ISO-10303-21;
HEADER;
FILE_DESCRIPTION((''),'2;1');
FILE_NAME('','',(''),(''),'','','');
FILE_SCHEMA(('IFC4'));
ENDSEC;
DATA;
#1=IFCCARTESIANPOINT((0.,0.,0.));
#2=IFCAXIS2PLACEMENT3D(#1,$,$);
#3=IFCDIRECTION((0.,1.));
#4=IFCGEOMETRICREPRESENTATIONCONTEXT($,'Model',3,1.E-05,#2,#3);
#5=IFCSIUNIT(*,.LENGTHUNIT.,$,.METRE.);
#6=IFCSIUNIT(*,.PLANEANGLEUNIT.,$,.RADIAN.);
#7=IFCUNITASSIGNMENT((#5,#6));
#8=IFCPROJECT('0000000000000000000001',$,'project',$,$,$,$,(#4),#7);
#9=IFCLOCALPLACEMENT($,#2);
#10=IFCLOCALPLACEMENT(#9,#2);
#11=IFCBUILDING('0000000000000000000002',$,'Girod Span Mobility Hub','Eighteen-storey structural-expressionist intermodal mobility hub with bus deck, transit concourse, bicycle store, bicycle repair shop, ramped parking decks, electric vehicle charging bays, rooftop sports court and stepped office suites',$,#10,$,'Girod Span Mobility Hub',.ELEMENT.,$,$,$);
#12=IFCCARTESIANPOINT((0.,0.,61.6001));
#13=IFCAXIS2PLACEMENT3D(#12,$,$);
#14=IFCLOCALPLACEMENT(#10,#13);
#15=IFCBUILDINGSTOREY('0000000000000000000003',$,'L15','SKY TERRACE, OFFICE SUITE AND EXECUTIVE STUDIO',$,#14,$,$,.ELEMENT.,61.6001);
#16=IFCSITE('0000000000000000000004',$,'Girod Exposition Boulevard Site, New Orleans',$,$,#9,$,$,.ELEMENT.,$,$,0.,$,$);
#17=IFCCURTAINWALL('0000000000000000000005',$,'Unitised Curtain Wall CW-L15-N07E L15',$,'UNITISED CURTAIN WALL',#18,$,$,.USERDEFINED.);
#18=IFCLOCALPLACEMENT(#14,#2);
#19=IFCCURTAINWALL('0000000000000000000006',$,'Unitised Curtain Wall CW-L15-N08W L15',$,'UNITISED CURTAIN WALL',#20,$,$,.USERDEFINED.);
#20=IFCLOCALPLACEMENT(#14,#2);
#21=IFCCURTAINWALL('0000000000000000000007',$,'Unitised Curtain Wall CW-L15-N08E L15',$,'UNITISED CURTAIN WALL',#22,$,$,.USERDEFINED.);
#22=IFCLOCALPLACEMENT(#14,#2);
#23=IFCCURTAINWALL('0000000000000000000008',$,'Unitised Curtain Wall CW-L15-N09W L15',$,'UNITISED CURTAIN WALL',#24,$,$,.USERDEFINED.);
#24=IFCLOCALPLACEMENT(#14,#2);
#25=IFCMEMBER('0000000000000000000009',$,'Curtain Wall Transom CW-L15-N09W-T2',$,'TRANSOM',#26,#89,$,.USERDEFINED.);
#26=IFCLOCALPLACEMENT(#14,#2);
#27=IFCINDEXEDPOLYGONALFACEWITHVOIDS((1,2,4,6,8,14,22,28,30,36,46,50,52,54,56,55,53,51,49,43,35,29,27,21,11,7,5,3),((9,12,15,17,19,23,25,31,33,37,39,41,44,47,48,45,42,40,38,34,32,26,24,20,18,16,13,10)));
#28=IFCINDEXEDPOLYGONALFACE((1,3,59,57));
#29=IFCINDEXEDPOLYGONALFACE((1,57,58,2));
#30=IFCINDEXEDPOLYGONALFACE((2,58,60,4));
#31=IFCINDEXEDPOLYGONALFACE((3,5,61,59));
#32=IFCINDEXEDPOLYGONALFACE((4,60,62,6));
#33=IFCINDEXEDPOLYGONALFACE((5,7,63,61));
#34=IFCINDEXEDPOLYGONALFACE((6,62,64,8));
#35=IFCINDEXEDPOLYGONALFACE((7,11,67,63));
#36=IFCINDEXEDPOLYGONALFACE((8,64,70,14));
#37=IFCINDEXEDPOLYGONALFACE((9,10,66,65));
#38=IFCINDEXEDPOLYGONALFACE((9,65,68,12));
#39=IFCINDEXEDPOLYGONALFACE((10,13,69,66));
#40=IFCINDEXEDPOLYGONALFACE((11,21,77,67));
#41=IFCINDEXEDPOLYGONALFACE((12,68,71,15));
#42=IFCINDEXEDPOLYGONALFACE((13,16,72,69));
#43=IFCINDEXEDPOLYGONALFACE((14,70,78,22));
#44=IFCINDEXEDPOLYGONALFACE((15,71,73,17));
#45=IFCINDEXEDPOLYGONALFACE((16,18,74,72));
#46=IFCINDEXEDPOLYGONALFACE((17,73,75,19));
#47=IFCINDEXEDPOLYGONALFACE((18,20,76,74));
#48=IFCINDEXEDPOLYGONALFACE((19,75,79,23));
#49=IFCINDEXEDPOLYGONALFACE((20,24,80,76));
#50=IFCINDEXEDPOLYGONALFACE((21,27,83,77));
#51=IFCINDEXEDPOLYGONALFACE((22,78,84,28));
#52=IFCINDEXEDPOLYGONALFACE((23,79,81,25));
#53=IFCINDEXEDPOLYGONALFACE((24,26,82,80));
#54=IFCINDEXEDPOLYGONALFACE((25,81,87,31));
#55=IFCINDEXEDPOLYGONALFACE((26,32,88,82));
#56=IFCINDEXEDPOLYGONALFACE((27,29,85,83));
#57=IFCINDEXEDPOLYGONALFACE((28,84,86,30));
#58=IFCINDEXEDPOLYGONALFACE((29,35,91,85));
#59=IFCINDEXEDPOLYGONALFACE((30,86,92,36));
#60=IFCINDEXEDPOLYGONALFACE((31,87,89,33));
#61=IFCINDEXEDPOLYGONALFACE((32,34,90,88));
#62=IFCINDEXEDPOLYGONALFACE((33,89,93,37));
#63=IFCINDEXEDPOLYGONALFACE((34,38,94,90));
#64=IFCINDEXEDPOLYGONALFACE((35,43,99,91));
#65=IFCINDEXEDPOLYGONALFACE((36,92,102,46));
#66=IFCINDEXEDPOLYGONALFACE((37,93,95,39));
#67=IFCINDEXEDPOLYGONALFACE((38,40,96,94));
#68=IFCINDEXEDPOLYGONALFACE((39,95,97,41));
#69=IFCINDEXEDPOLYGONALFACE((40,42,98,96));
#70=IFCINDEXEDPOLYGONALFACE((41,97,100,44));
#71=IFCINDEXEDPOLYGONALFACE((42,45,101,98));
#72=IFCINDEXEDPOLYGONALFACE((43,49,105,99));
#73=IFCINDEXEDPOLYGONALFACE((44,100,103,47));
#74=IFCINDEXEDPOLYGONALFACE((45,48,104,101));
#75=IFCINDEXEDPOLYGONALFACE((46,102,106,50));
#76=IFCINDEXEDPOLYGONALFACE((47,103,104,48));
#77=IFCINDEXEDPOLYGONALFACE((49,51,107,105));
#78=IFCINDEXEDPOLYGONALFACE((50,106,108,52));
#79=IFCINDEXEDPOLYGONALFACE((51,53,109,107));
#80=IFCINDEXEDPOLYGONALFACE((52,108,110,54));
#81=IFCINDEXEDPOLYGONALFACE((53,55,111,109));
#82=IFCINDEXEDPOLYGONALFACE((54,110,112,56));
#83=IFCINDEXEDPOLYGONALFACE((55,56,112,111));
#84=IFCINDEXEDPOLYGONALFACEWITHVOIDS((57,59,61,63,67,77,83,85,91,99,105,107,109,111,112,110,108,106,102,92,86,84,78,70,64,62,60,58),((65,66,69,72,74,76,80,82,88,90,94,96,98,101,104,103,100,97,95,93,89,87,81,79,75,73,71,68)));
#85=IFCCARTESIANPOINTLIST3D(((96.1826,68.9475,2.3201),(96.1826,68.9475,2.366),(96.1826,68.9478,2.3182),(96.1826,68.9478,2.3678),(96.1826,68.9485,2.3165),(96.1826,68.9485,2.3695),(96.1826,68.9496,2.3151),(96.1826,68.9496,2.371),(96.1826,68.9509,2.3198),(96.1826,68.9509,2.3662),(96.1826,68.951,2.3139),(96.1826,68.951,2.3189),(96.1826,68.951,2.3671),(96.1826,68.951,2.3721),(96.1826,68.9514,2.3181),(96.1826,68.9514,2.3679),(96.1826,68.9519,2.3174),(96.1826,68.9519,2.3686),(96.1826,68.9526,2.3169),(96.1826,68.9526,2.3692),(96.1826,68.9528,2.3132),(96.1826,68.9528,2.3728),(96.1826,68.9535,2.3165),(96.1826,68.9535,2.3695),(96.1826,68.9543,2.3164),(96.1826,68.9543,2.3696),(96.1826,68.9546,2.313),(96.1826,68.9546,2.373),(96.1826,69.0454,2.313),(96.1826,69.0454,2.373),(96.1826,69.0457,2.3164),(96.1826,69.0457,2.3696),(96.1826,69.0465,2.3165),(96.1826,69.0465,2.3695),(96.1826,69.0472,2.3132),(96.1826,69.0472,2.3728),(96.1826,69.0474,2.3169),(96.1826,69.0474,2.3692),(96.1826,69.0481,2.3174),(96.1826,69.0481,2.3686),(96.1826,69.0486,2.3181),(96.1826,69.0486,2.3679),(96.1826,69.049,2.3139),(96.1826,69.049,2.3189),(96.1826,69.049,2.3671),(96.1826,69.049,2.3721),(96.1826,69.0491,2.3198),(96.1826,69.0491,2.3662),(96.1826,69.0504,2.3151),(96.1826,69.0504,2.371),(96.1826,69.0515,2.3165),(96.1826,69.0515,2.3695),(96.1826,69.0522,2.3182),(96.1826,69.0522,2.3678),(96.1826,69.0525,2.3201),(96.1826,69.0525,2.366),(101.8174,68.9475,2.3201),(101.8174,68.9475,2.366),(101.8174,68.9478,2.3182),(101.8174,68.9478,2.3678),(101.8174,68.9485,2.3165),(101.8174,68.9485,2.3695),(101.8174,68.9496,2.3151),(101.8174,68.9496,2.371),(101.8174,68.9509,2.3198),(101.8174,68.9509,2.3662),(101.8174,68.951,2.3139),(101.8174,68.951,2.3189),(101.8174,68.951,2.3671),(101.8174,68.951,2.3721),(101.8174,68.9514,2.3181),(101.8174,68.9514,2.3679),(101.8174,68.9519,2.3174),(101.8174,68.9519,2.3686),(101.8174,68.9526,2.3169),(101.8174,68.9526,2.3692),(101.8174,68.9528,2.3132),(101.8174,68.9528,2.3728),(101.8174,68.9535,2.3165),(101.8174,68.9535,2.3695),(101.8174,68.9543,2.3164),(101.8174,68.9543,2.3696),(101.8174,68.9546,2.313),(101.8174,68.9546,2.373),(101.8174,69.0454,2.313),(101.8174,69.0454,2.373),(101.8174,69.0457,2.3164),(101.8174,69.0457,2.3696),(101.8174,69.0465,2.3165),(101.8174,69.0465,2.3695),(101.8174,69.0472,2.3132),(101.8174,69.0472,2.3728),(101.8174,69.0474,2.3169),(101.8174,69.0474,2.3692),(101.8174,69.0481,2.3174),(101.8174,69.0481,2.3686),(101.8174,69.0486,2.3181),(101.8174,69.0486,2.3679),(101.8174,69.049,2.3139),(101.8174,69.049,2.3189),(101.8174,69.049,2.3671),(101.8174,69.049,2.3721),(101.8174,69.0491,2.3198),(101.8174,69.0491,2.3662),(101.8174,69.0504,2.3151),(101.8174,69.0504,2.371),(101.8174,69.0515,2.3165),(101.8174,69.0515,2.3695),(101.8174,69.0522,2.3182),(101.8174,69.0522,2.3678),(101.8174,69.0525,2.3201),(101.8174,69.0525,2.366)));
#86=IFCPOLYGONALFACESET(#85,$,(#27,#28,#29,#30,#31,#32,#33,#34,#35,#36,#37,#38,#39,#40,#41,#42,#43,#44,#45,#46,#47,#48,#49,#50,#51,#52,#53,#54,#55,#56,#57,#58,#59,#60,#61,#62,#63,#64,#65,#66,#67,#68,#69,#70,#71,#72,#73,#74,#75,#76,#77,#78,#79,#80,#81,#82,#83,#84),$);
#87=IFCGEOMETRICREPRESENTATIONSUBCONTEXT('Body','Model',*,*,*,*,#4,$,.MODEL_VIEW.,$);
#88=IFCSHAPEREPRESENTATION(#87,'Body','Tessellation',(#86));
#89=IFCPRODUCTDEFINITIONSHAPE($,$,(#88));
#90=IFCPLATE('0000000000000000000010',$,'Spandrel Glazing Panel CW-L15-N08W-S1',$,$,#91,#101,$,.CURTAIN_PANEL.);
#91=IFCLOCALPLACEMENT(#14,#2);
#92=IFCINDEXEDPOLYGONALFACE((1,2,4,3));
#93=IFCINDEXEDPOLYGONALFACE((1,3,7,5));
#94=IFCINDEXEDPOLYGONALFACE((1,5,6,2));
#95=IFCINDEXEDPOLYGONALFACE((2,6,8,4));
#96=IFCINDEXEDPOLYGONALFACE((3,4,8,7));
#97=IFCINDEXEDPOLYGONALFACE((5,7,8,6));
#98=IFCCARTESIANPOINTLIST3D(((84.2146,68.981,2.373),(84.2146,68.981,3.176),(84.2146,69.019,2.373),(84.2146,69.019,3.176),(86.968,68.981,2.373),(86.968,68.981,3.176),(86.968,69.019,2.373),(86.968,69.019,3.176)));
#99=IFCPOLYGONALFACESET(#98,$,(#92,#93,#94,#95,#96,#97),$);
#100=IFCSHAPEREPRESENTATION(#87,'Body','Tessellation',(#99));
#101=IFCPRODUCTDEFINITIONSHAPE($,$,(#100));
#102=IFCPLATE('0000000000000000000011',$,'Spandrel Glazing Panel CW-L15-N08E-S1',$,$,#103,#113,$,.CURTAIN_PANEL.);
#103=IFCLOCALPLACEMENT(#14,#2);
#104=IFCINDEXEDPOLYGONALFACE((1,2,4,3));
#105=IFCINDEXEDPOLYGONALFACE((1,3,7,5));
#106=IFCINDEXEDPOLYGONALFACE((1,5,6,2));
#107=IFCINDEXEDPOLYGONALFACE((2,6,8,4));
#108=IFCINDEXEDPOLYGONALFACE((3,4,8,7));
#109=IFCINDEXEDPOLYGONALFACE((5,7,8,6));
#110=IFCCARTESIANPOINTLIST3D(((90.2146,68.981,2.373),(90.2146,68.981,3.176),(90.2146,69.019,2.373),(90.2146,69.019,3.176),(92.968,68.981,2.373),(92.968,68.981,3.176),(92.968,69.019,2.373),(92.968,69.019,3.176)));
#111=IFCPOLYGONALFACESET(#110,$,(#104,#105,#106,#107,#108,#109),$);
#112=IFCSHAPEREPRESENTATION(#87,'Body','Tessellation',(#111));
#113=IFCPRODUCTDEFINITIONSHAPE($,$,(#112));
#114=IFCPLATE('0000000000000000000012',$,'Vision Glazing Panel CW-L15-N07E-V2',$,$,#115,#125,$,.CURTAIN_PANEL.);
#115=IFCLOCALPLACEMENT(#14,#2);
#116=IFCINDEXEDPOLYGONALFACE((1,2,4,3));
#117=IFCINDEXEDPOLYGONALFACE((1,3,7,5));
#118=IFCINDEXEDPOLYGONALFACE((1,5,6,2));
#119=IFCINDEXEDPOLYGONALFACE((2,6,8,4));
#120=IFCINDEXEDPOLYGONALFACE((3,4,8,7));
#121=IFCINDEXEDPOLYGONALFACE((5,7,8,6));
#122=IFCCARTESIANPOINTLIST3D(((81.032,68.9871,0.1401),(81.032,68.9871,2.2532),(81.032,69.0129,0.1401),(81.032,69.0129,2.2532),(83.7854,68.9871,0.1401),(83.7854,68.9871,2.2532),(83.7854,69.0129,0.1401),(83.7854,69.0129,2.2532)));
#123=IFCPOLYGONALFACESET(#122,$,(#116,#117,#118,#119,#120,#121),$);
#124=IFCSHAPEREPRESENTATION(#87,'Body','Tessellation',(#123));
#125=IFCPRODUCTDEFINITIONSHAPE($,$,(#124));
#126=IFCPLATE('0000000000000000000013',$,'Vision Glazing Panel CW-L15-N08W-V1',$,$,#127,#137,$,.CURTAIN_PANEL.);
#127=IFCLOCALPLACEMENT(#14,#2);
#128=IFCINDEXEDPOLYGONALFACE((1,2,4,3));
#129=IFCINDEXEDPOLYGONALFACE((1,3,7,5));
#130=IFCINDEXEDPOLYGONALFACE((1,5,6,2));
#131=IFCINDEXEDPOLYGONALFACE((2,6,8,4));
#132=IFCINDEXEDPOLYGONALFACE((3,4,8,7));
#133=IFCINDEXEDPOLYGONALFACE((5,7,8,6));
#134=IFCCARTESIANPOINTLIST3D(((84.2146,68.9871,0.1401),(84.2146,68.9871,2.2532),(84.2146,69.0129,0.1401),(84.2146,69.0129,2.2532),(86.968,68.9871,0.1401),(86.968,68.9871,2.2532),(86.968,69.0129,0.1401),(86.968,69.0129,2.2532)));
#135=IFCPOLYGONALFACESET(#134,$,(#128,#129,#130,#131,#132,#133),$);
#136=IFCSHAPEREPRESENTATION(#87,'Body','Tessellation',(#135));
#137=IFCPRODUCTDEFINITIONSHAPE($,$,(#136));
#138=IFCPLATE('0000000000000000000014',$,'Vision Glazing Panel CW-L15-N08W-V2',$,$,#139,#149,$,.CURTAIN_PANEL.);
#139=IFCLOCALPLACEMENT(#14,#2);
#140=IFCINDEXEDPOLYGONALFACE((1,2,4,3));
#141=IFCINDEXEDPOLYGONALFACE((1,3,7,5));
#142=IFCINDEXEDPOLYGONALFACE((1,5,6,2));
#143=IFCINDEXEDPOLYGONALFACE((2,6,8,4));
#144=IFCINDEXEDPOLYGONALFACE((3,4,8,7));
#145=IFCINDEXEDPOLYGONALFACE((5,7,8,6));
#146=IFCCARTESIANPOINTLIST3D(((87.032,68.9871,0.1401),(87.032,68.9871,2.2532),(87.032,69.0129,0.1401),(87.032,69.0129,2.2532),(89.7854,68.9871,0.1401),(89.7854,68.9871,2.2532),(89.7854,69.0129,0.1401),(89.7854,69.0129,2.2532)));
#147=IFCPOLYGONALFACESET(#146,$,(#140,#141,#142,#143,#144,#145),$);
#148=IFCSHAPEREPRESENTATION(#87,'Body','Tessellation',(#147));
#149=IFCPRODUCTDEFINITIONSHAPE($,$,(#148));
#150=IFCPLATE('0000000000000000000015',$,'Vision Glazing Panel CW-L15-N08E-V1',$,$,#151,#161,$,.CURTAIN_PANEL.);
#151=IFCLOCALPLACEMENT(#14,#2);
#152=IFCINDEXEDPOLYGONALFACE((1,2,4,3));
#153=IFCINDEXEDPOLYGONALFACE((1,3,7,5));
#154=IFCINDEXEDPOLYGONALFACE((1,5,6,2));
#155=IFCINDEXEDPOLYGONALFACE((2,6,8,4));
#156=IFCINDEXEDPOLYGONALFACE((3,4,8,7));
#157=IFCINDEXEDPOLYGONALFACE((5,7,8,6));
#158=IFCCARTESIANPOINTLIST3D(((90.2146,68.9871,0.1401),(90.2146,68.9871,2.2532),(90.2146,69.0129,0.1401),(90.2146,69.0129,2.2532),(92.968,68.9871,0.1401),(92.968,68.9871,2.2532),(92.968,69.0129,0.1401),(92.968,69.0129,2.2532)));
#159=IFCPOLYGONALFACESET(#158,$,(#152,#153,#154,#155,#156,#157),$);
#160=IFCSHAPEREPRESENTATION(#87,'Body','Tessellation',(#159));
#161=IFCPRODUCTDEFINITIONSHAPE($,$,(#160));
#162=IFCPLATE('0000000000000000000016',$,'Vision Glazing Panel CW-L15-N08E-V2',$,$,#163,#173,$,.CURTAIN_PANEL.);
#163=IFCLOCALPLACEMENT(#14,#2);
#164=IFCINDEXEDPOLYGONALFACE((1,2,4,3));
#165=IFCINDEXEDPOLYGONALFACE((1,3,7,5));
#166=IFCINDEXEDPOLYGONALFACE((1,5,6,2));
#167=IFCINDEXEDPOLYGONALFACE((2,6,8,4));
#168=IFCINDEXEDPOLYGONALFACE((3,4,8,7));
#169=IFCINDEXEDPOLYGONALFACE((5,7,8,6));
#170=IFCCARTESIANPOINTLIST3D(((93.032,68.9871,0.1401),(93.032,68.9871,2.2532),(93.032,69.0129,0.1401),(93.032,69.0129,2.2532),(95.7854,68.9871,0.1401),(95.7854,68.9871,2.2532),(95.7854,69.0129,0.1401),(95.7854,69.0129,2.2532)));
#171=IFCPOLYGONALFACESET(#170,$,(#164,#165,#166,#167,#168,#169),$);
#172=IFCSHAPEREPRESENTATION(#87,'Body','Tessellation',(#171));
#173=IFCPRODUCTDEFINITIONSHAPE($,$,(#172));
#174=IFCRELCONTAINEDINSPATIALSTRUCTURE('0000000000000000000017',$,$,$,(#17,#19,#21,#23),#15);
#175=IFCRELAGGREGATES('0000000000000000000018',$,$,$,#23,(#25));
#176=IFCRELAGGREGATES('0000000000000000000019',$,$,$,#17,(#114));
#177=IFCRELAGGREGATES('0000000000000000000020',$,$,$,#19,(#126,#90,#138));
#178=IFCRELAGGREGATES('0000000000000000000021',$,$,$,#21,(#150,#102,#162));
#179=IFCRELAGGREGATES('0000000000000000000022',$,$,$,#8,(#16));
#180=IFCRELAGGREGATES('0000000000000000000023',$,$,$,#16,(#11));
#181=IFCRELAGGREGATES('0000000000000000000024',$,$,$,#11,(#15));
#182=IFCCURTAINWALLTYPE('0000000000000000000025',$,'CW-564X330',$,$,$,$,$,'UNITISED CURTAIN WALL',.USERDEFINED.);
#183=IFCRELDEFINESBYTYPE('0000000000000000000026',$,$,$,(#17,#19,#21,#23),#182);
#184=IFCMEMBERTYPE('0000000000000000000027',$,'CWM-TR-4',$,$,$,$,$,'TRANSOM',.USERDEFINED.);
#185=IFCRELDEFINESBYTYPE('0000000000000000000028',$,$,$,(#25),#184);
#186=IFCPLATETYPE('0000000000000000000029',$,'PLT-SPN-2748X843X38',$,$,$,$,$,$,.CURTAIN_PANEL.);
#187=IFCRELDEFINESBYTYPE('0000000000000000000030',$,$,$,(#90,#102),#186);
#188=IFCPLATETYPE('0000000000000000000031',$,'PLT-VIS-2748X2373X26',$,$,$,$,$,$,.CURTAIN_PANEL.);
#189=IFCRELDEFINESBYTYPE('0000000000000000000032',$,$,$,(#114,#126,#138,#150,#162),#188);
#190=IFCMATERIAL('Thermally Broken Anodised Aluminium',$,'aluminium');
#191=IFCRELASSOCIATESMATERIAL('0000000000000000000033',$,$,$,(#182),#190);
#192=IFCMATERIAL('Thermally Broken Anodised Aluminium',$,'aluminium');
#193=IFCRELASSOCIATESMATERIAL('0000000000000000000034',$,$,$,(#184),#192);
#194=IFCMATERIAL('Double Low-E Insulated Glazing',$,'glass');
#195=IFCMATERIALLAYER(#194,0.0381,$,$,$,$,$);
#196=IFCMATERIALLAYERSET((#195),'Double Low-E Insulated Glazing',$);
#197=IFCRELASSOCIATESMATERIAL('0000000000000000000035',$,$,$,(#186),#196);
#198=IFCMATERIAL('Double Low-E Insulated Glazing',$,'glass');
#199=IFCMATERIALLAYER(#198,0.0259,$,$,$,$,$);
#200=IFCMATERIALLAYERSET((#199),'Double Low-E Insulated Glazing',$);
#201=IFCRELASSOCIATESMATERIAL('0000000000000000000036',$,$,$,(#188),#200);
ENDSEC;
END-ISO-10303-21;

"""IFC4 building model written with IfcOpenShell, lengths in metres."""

from ifc_helpers import new_model, si_unit, direction, frame, origin, origin_2d, place, context, subcontext, project, spatial, rectangle, hollow_rectangle, extrude, material, layer, layer_set, material_profile, profile_set, type_object, element, aggregate, save


model = new_model("IFC4")

# Units and contexts
model_context = context("Model", 3, precision=1e-05, world=origin(), true_north=direction((0.0, 1.0)))
body_context = subcontext(model_context, "Body", "Model", "MODEL_VIEW")
ifc_project = project(units=[si_unit("LENGTHUNIT", "METRE"), si_unit("PLANEANGLEUNIT", "RADIAN")], contexts=[model_context])

# Site, building, storey
site_placement = place(None, origin())
site = spatial("IfcSite", under=ifc_project, at=site_placement, Name="Girod Exposition Boulevard Site, New Orleans", CompositionType="ELEMENT", RefElevation=0.0)
building_placement = place(site_placement, origin())
building = spatial("IfcBuilding", under=site, at=building_placement, Name="Girod Span Mobility Hub", Description="Eighteen-storey structural-expressionist intermodal mobility hub with bus deck, transit concourse, bicycle store, bicycle repair shop, ramped parking decks, electric vehicle charging bays, rooftop sports court and stepped office suites", LongName="Girod Span Mobility Hub", CompositionType="ELEMENT")
storey_placement = place(building_placement, frame((0.0, 0.0, 61.6001)))
storey = spatial("IfcBuildingStorey", under=building, at=storey_placement, Name="L15", Description="SKY TERRACE, OFFICE SUITE AND EXECUTIVE STUDIO", CompositionType="ELEMENT", Elevation=61.6001)

# Curtain walls
ifc_material_1 = material(Name="Thermally Broken Anodised Aluminium", Category="aluminium")
curtain_wall_type = type_object("IfcCurtainWallType", Name="CW-564X330", ElementType="UNITISED CURTAIN WALL", PredefinedType="USERDEFINED", material=ifc_material_1)
curtain_wall_1_placement = place(storey_placement, origin())
curtain_wall_1 = element("IfcCurtainWall", 1, at=curtain_wall_1_placement, inside=storey, type_object=curtain_wall_type, Name="Unitised Curtain Wall CW-L15-N07E L15", ObjectType="UNITISED CURTAIN WALL", PredefinedType="USERDEFINED")
curtain_wall_2_placement = place(storey_placement, origin())
curtain_wall_2 = element("IfcCurtainWall", 2, at=curtain_wall_2_placement, inside=storey, type_object=curtain_wall_type, Name="Unitised Curtain Wall CW-L15-N08W L15", ObjectType="UNITISED CURTAIN WALL", PredefinedType="USERDEFINED")
curtain_wall_3_placement = place(storey_placement, origin())
curtain_wall_3 = element("IfcCurtainWall", 3, at=curtain_wall_3_placement, inside=storey, type_object=curtain_wall_type, Name="Unitised Curtain Wall CW-L15-N08E L15", ObjectType="UNITISED CURTAIN WALL", PredefinedType="USERDEFINED")

# Shared definitions
ifc_material_2 = material(Name="Thermally Broken Anodised Aluminium", Category="aluminium")
ifc_material_profile_1 = material_profile(ifc_material_2, hollow_rectangle(XDim=0.105, YDim=0.0601, WallThickness=0.0034, InnerFilletRadius=0.0034, OuterFilletRadius=0.0071, at=origin_2d()), Name="CW-TR-60X105")
ifc_profile_set_1 = profile_set([ifc_material_profile_1], Name="Thermally Broken Anodised Aluminium")
member_type_1 = type_object("IfcMemberType", Name="CWM-TR-4", ElementType="TRANSOM", PredefinedType="USERDEFINED", material=ifc_profile_set_1)

# Curtain wall, member
curtain_wall_4_placement = place(storey_placement, origin())
curtain_wall_4 = element("IfcCurtainWall", 4, at=curtain_wall_4_placement, inside=storey, type_object=curtain_wall_type, Name="Unitised Curtain Wall CW-L15-N09W L15", ObjectType="UNITISED CURTAIN WALL", PredefinedType="USERDEFINED")
member_1_placement = place(storey_placement, frame((96.1826, 69.0, 2.343), z_axis=(1.0, 0.0, 0.0), x_axis=(0.0, 1.0, 0.0)))
member_1 = element("IfcMember", 5, at=member_1_placement, type_object=member_type_1, Name="Curtain Wall Transom CW-L15-N09W-T2", ObjectType="TRANSOM", PredefinedType="USERDEFINED", context=body_context, shape_type="SweptSolid", body=[
    extrude(hollow_rectangle(XDim=0.105, YDim=0.0601, WallThickness=0.0034, InnerFilletRadius=0.0034, OuterFilletRadius=0.0071, at=origin_2d()), origin(), (0.0, 0.0, 1.0), 5.6348),
])
aggregate(curtain_wall_4, [member_1])

# Plates
ifc_material_3 = material(Name="Double Low-E Insulated Glazing", Category="glass")
ifc_layer_1 = layer(ifc_material_3, 0.0381)
ifc_layer_set_1 = layer_set([ifc_layer_1], Name="Double Low-E Insulated Glazing")
plate_type_1 = type_object("IfcPlateType", Name="PLT-SPN-2748X843X38", PredefinedType="CURTAIN_PANEL", material=ifc_layer_set_1)
plate_1_placement = place(storey_placement, frame((85.5913, 69.0, 2.373), z_axis=(0.0, 0.0, 1.0), x_axis=(1.0, 0.0, 0.0)))
plate_1 = element("IfcPlate", 6, at=plate_1_placement, type_object=plate_type_1, Name="Spandrel Glazing Panel CW-L15-N08W-S1", PredefinedType="CURTAIN_PANEL", context=body_context, shape_type="SweptSolid", body=[
    extrude(rectangle(XDim=2.7534, YDim=0.0381, at=origin_2d()), origin(), (0.0, 0.0, 1.0), 0.803),
])
plate_2_placement = place(storey_placement, frame((91.5913, 69.0, 2.373), z_axis=(0.0, 0.0, 1.0), x_axis=(1.0, 0.0, 0.0)))
plate_2 = element("IfcPlate", 7, at=plate_2_placement, type_object=plate_type_1, Name="Spandrel Glazing Panel CW-L15-N08E-S1", PredefinedType="CURTAIN_PANEL", context=body_context, shape_type="SweptSolid", body=[
    extrude(rectangle(XDim=2.7534, YDim=0.0381, at=origin_2d()), origin(), (0.0, 0.0, 1.0), 0.803),
])
ifc_material_4 = material(Name="Double Low-E Insulated Glazing", Category="glass")
ifc_layer_2 = layer(ifc_material_4, 0.0259)
ifc_layer_set_2 = layer_set([ifc_layer_2], Name="Double Low-E Insulated Glazing")
plate_type_2 = type_object("IfcPlateType", Name="PLT-VIS-2748X2373X26", PredefinedType="CURTAIN_PANEL", material=ifc_layer_set_2)
plate_3_placement = place(storey_placement, frame((82.4087, 69.0, 0.1401), z_axis=(0.0, 0.0, 1.0), x_axis=(1.0, 0.0, 0.0)))
plate_3 = element("IfcPlate", 8, at=plate_3_placement, type_object=plate_type_2, Name="Vision Glazing Panel CW-L15-N07E-V2", PredefinedType="CURTAIN_PANEL", context=body_context, shape_type="SweptSolid", body=[
    extrude(rectangle(XDim=2.7534, YDim=0.0259, at=origin_2d()), origin(), (0.0, 0.0, 1.0), 2.113),
])
aggregate(curtain_wall_1, [plate_3])
plate_4_placement = place(storey_placement, frame((85.5913, 69.0, 0.1401), z_axis=(0.0, 0.0, 1.0), x_axis=(1.0, 0.0, 0.0)))
plate_4 = element("IfcPlate", 9, at=plate_4_placement, type_object=plate_type_2, Name="Vision Glazing Panel CW-L15-N08W-V1", PredefinedType="CURTAIN_PANEL", context=body_context, shape_type="SweptSolid", body=[
    extrude(rectangle(XDim=2.7534, YDim=0.0259, at=origin_2d()), origin(), (0.0, 0.0, 1.0), 2.113),
])
plate_5_placement = place(storey_placement, frame((88.4087, 69.0, 0.1401), z_axis=(0.0, 0.0, 1.0), x_axis=(1.0, 0.0, 0.0)))
plate_5 = element("IfcPlate", 10, at=plate_5_placement, type_object=plate_type_2, Name="Vision Glazing Panel CW-L15-N08W-V2", PredefinedType="CURTAIN_PANEL", context=body_context, shape_type="SweptSolid", body=[
    extrude(rectangle(XDim=2.7534, YDim=0.0259, at=origin_2d()), origin(), (0.0, 0.0, 1.0), 2.113),
])
aggregate(curtain_wall_2, [plate_4, plate_1, plate_5])
plate_6_placement = place(storey_placement, frame((91.5913, 69.0, 0.1401), z_axis=(0.0, 0.0, 1.0), x_axis=(1.0, 0.0, 0.0)))
plate_6 = element("IfcPlate", 11, at=plate_6_placement, type_object=plate_type_2, Name="Vision Glazing Panel CW-L15-N08E-V1", PredefinedType="CURTAIN_PANEL", context=body_context, shape_type="SweptSolid", body=[
    extrude(rectangle(XDim=2.7534, YDim=0.0259, at=origin_2d()), origin(), (0.0, 0.0, 1.0), 2.113),
])
plate_7_placement = place(storey_placement, frame((94.4087, 69.0, 0.1401), z_axis=(0.0, 0.0, 1.0), x_axis=(1.0, 0.0, 0.0)))
plate_7 = element("IfcPlate", 12, at=plate_7_placement, type_object=plate_type_2, Name="Vision Glazing Panel CW-L15-N08E-V2", PredefinedType="CURTAIN_PANEL", context=body_context, shape_type="SweptSolid", body=[
    extrude(rectangle(XDim=2.7534, YDim=0.0259, at=origin_2d()), origin(), (0.0, 0.0, 1.0), 2.113),
])
aggregate(curtain_wall_3, [plate_6, plate_2, plate_7])

save(model, "model.ifc")
